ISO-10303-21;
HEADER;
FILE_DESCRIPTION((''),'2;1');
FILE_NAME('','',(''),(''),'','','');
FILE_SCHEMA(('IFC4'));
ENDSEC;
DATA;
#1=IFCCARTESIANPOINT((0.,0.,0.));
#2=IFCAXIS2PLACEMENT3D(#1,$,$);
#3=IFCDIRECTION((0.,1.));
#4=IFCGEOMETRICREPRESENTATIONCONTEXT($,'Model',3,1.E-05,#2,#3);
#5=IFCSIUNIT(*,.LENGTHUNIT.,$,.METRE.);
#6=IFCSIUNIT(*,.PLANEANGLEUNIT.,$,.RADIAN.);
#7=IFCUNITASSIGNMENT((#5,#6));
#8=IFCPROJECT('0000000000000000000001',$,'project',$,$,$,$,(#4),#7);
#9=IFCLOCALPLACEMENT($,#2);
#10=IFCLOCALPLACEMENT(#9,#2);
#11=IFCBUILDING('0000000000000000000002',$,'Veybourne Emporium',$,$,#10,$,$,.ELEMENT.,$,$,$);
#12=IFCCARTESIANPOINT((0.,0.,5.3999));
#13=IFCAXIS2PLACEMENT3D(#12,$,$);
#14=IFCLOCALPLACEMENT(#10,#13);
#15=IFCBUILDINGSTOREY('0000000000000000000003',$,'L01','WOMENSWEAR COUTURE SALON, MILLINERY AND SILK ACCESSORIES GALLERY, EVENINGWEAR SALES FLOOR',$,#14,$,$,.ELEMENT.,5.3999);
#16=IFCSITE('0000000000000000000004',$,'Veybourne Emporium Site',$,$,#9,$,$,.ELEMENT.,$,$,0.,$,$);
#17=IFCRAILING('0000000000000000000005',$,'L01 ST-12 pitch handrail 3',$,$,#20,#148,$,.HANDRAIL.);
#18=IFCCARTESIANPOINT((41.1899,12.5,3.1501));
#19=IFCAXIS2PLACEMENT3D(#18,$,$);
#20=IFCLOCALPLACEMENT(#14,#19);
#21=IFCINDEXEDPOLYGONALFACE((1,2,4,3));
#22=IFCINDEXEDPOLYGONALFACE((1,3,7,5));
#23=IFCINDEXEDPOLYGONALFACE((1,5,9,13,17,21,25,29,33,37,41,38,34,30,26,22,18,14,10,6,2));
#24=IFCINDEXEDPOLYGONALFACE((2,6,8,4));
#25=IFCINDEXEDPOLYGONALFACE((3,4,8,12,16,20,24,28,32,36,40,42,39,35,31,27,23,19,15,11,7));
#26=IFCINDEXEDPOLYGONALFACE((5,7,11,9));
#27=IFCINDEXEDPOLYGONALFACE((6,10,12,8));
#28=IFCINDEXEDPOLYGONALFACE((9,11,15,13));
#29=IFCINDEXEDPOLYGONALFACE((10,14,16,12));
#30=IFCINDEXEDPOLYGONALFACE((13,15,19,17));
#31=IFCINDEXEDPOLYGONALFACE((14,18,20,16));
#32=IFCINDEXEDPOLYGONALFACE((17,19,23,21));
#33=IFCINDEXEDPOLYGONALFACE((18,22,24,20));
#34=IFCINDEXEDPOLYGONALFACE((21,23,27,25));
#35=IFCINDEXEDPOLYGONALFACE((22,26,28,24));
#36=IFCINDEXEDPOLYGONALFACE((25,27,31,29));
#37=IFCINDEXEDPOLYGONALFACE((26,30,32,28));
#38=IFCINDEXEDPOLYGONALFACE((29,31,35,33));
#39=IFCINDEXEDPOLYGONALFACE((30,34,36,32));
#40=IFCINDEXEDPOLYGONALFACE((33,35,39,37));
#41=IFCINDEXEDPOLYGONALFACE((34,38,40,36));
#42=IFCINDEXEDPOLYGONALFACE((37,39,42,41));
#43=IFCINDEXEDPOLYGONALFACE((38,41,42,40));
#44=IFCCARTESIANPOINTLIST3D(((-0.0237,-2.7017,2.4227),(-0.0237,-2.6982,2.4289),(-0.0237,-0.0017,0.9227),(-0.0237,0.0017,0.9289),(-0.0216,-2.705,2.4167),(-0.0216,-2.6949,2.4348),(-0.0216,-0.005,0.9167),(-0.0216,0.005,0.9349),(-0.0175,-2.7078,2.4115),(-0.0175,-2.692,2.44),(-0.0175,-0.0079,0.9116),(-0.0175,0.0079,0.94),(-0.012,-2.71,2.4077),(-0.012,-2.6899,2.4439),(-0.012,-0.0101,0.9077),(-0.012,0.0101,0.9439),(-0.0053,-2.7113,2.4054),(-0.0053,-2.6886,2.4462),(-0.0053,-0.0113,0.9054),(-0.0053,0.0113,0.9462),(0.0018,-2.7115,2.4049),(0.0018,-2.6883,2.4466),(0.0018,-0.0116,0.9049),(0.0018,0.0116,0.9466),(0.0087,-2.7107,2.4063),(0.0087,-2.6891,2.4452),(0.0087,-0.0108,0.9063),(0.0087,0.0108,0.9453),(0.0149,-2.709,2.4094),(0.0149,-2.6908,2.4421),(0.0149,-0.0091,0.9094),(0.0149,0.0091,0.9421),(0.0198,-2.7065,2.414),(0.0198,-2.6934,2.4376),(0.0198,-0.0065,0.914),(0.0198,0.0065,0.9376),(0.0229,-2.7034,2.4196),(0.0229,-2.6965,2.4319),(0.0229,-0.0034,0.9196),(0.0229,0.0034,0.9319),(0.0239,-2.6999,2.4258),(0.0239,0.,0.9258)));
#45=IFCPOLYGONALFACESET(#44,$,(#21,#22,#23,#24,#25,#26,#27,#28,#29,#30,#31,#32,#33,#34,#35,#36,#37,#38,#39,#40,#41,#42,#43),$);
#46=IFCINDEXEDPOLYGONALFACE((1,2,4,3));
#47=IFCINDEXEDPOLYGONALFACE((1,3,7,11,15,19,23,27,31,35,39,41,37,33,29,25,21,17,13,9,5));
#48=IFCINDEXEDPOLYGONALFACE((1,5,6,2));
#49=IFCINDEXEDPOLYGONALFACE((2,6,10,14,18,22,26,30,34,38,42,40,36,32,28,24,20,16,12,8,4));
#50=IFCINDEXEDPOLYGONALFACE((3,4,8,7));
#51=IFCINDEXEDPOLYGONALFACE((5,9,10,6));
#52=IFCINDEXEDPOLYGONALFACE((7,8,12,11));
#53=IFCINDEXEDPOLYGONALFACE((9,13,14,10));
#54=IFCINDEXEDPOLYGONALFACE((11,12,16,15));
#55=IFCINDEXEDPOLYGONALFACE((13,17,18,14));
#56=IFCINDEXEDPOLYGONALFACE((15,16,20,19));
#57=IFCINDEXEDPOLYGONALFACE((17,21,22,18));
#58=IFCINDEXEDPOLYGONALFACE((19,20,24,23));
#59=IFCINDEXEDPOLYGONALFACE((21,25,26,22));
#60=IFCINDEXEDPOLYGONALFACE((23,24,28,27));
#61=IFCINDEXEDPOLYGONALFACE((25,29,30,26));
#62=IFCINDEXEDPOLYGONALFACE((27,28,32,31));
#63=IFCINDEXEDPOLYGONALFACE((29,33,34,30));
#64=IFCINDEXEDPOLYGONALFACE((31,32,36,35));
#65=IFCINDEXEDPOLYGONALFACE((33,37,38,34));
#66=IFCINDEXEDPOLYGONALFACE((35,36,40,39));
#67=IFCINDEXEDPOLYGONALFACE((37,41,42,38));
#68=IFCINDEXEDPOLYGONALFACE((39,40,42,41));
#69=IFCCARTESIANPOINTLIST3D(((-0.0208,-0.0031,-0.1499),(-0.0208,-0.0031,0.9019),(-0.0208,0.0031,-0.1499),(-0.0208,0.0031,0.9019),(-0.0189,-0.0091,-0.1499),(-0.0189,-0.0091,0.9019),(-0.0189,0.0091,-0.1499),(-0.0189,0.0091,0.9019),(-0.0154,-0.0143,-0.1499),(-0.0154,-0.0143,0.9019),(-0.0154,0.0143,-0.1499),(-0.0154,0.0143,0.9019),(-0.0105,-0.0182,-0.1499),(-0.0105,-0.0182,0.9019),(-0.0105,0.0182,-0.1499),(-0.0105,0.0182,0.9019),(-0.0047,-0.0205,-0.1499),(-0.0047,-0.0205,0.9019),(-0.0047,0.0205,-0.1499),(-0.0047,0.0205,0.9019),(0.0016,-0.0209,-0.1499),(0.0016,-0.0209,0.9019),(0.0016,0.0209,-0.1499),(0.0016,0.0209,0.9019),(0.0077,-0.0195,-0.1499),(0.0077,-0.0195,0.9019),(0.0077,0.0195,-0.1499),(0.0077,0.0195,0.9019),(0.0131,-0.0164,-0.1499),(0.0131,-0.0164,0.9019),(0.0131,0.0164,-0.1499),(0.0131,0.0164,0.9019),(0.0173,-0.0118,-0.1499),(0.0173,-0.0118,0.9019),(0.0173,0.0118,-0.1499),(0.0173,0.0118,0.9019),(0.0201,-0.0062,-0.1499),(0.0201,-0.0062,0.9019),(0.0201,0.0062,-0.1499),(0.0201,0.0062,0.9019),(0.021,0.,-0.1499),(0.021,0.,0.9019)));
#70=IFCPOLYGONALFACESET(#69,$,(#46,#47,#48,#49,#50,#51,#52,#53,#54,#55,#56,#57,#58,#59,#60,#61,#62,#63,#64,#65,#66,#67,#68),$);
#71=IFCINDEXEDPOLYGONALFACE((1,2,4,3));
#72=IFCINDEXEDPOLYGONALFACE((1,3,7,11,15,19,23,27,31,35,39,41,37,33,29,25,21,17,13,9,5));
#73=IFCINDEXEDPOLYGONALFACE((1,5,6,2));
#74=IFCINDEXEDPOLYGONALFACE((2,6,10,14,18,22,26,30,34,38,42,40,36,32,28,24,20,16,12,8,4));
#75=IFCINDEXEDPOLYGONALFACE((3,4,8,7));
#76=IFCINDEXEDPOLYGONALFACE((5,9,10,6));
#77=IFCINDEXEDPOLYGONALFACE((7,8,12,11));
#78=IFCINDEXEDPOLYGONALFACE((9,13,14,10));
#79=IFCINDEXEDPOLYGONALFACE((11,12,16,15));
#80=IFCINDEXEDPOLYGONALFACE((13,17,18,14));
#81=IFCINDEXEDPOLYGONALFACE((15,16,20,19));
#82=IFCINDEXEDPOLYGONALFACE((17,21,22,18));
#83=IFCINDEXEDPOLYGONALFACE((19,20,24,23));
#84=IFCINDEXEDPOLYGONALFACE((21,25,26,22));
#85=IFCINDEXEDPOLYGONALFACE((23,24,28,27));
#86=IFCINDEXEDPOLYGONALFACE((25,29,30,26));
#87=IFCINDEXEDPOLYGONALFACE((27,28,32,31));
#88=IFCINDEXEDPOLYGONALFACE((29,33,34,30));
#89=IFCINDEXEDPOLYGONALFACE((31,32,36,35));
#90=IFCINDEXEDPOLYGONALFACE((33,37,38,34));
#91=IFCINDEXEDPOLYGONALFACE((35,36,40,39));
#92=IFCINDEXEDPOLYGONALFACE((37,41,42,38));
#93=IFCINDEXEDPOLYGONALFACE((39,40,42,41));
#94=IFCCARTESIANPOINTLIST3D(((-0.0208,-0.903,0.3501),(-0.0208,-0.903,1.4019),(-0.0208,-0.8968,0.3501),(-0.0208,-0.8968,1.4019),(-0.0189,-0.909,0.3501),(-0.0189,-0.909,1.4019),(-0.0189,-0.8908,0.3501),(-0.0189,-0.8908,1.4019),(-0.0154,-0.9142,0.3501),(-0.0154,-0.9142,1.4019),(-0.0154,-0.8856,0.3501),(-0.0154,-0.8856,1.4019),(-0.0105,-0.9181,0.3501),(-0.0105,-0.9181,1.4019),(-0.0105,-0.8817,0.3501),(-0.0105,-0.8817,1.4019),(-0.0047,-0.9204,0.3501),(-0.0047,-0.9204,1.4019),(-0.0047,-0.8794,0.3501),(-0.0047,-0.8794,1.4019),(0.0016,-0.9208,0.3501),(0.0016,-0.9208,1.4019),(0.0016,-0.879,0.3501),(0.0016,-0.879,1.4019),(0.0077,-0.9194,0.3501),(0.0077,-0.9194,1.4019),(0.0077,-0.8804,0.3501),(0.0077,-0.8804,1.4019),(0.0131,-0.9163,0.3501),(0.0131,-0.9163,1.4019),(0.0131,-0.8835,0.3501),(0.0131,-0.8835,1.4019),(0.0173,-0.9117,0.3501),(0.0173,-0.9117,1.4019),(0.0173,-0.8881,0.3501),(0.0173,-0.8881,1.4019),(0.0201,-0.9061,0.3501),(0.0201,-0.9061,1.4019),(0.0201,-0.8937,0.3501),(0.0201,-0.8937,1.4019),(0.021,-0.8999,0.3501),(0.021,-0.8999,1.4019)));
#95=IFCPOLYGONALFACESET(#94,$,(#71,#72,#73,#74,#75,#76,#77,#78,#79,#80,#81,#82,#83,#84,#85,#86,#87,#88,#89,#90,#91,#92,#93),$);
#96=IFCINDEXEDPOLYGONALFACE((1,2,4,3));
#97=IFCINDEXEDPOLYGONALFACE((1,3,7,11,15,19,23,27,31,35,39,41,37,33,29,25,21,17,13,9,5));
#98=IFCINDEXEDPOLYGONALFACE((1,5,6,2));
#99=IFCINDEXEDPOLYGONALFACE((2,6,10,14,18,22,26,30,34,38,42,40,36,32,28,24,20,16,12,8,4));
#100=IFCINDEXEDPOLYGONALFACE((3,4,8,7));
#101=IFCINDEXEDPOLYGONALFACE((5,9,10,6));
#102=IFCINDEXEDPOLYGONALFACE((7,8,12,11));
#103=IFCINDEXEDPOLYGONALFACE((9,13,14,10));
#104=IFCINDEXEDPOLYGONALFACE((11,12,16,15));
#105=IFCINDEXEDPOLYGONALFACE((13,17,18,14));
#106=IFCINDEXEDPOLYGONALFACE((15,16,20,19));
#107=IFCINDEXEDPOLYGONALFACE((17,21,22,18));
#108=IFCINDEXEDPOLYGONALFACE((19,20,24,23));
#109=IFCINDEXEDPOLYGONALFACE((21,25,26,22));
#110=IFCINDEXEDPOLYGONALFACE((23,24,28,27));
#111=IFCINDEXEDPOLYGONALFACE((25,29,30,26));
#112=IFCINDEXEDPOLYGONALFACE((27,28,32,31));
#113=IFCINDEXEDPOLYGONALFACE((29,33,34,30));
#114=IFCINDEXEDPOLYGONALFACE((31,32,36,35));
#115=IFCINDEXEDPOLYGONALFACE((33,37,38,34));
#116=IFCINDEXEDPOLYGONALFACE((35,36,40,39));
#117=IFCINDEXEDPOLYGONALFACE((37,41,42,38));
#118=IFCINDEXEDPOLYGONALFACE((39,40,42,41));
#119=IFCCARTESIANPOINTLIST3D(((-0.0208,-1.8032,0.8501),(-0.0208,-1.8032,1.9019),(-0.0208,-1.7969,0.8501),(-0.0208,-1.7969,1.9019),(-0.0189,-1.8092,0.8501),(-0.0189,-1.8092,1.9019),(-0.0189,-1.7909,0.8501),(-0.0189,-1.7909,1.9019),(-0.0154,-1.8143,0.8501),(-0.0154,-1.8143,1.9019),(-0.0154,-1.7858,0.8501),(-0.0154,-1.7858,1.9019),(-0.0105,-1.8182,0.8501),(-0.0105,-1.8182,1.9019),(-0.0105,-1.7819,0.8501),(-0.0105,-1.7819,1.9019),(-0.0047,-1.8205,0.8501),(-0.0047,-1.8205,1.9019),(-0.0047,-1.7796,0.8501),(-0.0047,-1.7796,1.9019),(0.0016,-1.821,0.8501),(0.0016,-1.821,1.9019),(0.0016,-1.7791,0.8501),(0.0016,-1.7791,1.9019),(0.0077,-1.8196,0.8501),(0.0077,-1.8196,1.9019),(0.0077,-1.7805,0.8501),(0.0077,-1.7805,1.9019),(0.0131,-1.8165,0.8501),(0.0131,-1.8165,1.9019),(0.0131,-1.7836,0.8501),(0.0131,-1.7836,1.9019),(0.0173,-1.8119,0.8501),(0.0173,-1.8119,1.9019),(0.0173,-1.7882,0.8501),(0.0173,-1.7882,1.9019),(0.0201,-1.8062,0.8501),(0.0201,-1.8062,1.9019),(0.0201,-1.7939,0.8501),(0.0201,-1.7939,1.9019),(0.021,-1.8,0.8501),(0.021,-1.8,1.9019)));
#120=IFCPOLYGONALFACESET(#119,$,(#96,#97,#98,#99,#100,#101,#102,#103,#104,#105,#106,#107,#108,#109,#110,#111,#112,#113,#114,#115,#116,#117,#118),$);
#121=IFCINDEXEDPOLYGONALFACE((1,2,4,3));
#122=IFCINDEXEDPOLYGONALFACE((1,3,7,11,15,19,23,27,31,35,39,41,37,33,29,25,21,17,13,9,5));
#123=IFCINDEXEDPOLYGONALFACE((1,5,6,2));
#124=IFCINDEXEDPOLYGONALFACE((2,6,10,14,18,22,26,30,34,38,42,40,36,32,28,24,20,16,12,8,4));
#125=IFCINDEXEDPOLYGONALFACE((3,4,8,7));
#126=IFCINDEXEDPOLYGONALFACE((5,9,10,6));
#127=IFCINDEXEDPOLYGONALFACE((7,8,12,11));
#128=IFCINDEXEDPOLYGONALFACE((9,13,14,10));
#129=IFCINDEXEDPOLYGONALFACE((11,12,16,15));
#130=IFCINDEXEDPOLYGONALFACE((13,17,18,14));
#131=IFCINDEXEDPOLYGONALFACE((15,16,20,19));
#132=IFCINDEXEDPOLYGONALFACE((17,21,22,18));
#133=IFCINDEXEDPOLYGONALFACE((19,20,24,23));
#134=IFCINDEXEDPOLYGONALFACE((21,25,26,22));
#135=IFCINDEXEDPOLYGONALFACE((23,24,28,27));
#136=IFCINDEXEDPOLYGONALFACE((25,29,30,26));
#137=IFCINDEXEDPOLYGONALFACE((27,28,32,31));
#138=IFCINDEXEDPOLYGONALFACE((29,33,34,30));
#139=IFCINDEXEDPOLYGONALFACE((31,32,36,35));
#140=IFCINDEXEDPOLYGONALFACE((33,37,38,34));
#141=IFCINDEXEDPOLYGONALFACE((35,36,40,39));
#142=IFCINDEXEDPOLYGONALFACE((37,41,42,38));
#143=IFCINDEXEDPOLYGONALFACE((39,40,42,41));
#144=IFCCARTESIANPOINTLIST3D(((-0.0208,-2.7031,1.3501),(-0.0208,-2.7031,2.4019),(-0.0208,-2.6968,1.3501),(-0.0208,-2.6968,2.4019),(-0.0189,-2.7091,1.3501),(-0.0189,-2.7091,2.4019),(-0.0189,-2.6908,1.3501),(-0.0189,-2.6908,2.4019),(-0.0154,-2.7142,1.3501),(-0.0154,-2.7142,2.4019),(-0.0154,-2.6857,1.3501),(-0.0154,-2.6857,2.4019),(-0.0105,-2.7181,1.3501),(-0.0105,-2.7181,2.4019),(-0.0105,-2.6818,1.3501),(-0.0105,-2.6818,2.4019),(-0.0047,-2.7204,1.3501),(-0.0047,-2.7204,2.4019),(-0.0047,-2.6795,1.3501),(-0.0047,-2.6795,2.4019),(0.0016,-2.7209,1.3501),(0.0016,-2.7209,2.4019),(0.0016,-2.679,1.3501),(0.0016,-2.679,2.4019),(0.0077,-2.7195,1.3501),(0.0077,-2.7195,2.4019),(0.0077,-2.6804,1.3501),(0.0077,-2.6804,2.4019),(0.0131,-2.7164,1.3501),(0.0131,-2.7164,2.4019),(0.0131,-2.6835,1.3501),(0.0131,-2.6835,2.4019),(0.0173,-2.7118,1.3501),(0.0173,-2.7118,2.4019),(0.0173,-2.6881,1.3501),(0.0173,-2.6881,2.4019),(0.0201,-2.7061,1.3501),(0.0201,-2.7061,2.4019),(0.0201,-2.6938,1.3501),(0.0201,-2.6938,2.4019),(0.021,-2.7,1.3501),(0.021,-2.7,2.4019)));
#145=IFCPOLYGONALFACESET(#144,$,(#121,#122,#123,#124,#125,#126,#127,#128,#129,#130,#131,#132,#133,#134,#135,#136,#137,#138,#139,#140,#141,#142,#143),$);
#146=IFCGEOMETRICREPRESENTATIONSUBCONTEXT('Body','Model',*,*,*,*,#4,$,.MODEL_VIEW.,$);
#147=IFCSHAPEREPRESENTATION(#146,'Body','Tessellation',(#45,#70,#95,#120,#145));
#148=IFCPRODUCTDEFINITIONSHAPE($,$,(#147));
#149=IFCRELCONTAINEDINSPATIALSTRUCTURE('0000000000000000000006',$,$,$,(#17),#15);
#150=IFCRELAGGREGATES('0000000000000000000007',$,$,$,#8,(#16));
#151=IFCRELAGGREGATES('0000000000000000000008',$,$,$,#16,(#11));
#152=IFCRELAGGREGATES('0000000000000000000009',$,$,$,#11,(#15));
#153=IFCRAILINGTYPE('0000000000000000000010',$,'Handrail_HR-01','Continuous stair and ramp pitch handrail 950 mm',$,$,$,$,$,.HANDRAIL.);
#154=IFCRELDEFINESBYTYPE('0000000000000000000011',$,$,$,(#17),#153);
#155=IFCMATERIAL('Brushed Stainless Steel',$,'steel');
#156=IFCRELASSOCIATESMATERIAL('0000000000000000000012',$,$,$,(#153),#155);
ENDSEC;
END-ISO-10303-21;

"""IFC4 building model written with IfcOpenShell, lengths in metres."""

from ifc_helpers import new_model, si_unit, direction, frame, origin, origin_2d, place, context, subcontext, project, spatial, circle, extrude, material, type_object, element, save


model = new_model("IFC4")

# Units and contexts
model_context = context("Model", 3, precision=1e-05, world=origin(), true_north=direction((0.0, 1.0)))
body_context = subcontext(model_context, "Body", "Model", "MODEL_VIEW")
ifc_project = project(units=[si_unit("LENGTHUNIT", "METRE"), si_unit("PLANEANGLEUNIT", "RADIAN")], contexts=[model_context])

# Site, building, storey
site_placement = place(None, origin())
site = spatial("IfcSite", under=ifc_project, at=site_placement, Name="Veybourne Emporium Site", CompositionType="ELEMENT", RefElevation=0.0)
building_placement = place(site_placement, origin())
building = spatial("IfcBuilding", under=site, at=building_placement, Name="Veybourne Emporium", CompositionType="ELEMENT")
storey_placement = place(building_placement, frame((0.0, 0.0, 5.3999)))
storey = spatial("IfcBuildingStorey", under=building, at=storey_placement, Name="L01", Description="WOMENSWEAR COUTURE SALON, MILLINERY AND SILK ACCESSORIES GALLERY, EVENINGWEAR SALES FLOOR", CompositionType="ELEMENT", Elevation=5.3999)

# Railing
ifc_material_1 = material(Name="Brushed Stainless Steel", Category="steel")
railing_type_1 = type_object("IfcRailingType", Name="Handrail_HR-01", Description="Continuous stair and ramp pitch handrail 950 mm", PredefinedType="HANDRAIL", material=ifc_material_1)
railing_1_placement = place(storey_placement, frame((41.1899, 12.5, 3.1501)))
element("IfcRailing", 1, at=railing_1_placement, inside=storey, type_object=railing_type_1, Name="L01 ST-12 pitch handrail 3", PredefinedType="HANDRAIL", context=body_context, shape_type="SweptSolid", body=[
    extrude(circle(Radius=0.0239, at=origin_2d()), frame((0.0, 0.0, 0.9258), z_axis=(0.0, -0.874154, 0.48565), x_axis=(1.0, 0.0, 0.0)), (0.0, 0.0, 1.0), 3.0886),
    extrude(circle(Radius=0.021, at=origin_2d()), frame((0.0, 0.0, -0.1499)), (0.0, 0.0, 1.0), 1.0518),
    extrude(circle(Radius=0.021, at=origin_2d()), frame((0.0, -0.8999, 0.3501)), (0.0, 0.0, 1.0), 1.0518),
    extrude(circle(Radius=0.021, at=origin_2d()), frame((0.0, -1.8, 0.8501)), (0.0, 0.0, 1.0), 1.0518),
    extrude(circle(Radius=0.021, at=origin_2d()), frame((0.0, -2.7, 1.3501)), (0.0, 0.0, 1.0), 1.0518),
])

save(model, "model.ifc")
